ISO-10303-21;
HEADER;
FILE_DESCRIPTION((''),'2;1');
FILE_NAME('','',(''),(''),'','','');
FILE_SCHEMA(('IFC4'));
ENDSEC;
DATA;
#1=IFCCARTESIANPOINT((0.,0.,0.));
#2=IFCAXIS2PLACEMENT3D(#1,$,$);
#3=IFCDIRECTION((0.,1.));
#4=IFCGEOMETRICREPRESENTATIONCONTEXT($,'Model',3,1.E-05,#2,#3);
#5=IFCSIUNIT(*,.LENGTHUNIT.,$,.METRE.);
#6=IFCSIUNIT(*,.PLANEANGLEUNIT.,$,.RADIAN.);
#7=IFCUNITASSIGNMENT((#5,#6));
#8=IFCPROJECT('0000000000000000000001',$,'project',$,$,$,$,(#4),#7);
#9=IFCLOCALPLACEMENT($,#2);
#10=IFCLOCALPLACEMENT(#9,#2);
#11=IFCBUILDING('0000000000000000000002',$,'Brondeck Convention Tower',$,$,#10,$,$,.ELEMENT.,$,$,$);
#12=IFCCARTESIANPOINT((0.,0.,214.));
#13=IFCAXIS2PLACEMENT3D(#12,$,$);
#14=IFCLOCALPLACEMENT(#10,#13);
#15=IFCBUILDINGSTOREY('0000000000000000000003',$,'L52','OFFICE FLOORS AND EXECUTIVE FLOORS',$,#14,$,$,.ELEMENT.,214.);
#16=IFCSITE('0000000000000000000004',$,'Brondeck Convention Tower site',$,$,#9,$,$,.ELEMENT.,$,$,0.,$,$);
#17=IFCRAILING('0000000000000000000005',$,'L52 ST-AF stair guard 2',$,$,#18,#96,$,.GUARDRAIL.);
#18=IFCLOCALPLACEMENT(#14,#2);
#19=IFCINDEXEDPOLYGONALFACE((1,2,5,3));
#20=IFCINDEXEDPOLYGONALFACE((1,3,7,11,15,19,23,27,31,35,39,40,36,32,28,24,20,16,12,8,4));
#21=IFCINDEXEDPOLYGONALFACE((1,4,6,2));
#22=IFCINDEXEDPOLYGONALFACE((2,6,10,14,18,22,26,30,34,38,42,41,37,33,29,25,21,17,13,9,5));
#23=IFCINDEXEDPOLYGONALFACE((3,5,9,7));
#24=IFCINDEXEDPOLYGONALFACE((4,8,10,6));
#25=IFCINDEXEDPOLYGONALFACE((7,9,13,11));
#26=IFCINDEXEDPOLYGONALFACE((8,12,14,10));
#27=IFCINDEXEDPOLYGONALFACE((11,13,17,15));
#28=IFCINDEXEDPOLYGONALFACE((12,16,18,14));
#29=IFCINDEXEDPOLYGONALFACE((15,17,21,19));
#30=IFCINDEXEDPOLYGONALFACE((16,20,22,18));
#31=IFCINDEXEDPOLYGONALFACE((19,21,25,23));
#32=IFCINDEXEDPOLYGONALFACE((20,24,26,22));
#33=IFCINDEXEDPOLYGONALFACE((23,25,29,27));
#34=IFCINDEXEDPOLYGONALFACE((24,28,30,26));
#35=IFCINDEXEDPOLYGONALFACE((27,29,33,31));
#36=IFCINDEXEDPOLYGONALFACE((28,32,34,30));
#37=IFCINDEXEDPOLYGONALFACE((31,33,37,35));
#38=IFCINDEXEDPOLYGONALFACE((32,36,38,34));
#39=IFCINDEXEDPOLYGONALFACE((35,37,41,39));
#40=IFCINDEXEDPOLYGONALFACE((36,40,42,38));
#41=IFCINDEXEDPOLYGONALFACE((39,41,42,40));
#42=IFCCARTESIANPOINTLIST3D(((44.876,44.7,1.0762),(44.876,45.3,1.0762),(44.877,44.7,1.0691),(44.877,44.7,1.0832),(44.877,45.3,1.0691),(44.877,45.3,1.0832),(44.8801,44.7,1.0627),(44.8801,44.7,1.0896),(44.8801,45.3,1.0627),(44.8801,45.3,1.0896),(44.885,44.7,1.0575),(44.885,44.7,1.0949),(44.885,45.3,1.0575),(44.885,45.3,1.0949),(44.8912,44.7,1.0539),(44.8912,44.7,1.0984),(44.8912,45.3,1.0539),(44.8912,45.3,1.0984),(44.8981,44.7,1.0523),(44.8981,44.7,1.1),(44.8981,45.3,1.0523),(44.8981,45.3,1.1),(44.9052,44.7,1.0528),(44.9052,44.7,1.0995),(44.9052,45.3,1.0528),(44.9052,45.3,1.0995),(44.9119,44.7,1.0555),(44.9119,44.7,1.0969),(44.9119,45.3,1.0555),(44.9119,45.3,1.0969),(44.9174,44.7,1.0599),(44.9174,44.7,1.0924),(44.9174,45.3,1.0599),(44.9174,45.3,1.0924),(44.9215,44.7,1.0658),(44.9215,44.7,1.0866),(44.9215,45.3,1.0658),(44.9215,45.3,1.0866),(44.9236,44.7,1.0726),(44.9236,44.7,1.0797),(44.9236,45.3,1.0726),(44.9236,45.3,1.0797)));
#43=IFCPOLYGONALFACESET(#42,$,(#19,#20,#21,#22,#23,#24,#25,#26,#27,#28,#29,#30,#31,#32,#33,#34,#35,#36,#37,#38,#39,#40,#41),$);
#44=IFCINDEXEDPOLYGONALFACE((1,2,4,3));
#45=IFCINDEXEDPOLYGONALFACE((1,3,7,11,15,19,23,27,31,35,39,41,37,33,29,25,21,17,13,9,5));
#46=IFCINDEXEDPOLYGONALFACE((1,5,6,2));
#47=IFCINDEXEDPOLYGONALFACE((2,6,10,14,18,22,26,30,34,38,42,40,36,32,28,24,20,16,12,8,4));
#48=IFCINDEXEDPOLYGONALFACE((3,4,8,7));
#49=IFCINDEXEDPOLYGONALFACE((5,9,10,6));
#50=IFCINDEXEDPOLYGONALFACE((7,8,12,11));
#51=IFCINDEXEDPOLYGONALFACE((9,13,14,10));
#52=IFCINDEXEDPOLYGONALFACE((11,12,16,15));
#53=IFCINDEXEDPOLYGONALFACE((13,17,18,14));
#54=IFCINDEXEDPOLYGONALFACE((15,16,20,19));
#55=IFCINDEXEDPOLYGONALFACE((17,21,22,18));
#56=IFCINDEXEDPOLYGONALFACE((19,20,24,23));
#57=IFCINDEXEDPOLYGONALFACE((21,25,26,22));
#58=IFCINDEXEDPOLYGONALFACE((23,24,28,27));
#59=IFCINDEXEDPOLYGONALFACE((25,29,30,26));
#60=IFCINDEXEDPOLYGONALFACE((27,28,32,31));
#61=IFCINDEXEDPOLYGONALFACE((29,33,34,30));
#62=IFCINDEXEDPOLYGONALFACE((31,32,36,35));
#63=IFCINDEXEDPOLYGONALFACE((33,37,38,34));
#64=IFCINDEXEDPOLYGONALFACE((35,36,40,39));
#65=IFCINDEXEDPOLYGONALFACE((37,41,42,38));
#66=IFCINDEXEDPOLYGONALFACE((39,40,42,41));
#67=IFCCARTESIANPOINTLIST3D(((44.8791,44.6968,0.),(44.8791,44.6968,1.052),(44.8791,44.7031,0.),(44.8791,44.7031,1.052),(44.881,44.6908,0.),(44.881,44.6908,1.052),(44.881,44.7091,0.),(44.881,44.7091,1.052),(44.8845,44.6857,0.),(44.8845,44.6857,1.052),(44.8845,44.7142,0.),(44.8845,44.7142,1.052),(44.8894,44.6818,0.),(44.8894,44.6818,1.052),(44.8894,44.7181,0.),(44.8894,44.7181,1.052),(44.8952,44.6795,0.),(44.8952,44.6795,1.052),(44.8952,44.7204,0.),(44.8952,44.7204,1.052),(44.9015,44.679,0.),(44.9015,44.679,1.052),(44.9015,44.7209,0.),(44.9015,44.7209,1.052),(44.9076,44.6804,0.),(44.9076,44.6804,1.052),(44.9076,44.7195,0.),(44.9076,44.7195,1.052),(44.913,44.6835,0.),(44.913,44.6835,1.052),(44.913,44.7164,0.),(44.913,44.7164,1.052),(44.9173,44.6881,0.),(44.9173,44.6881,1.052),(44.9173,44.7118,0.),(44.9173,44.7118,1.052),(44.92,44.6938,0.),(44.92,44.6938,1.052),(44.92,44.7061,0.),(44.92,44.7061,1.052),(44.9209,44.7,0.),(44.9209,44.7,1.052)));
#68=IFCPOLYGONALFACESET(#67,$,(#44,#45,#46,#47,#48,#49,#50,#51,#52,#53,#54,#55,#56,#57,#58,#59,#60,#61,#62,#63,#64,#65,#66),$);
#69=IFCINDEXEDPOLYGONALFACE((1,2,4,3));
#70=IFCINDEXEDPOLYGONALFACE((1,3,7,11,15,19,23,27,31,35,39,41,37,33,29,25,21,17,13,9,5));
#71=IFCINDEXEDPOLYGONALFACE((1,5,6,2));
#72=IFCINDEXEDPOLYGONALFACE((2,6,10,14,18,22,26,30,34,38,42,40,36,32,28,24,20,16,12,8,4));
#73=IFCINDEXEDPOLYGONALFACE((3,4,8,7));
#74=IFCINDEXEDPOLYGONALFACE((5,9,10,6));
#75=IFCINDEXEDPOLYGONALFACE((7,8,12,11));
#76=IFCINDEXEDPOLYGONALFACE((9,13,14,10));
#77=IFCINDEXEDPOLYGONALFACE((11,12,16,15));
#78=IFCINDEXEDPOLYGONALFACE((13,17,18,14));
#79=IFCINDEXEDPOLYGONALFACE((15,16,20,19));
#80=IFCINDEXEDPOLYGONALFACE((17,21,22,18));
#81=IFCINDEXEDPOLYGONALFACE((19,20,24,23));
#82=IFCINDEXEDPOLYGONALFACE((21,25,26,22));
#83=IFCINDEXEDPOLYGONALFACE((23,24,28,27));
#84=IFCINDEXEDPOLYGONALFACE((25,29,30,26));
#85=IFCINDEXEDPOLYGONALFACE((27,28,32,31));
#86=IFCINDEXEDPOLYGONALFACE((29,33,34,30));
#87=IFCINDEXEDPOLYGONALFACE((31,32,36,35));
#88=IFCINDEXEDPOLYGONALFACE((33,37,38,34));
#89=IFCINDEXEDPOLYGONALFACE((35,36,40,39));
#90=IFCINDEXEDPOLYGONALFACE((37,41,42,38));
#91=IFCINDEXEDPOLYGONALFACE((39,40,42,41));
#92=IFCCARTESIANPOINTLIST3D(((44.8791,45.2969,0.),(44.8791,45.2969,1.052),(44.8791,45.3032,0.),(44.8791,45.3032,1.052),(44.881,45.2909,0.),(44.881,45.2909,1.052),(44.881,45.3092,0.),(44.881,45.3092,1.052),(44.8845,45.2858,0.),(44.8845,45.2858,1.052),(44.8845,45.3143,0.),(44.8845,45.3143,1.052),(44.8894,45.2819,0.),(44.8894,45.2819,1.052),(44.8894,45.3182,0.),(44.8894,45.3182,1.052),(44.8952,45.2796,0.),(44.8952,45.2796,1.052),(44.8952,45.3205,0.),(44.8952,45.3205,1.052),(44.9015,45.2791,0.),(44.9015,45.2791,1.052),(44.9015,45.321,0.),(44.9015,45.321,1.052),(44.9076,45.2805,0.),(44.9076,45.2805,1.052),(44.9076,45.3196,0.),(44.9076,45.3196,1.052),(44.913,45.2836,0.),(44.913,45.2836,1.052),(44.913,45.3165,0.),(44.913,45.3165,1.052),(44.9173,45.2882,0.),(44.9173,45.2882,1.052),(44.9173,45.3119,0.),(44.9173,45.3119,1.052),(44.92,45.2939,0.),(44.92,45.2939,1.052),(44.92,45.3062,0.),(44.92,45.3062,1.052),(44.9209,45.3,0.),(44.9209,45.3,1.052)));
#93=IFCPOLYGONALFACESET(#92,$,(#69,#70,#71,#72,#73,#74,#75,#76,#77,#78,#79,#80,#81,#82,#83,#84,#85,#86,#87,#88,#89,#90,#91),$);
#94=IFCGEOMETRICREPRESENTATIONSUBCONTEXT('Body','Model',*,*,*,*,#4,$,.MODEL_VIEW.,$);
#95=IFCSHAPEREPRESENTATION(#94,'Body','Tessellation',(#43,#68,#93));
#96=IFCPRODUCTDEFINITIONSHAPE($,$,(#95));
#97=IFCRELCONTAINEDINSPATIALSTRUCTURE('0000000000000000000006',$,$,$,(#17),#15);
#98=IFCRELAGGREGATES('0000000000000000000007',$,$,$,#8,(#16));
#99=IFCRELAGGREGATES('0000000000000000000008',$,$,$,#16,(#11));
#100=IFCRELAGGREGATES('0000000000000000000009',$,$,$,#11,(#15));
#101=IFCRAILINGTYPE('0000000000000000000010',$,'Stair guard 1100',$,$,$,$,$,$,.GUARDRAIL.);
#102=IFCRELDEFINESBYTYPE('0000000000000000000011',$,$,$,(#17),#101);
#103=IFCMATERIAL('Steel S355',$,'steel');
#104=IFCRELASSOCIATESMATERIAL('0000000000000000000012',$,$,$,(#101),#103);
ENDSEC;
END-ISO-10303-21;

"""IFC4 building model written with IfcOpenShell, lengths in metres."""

from ifc_helpers import new_model, si_unit, direction, frame, origin, origin_2d, place, context, subcontext, project, spatial, circle, extrude, material, type_object, element, save


model = new_model("IFC4")

# Units and contexts
model_context = context("Model", 3, precision=1e-05, world=origin(), true_north=direction((0.0, 1.0)))
body_context = subcontext(model_context, "Body", "Model", "MODEL_VIEW")
ifc_project = project(units=[si_unit("LENGTHUNIT", "METRE"), si_unit("PLANEANGLEUNIT", "RADIAN")], contexts=[model_context])

# Site, building, storey
site_placement = place(None, origin())
site = spatial("IfcSite", under=ifc_project, at=site_placement, Name="Brondeck Convention Tower site", CompositionType="ELEMENT", RefElevation=0.0)
building_placement = place(site_placement, origin())
building = spatial("IfcBuilding", under=site, at=building_placement, Name="Brondeck Convention Tower", CompositionType="ELEMENT")
storey_placement = place(building_placement, frame((0.0, 0.0, 214.0)))
storey = spatial("IfcBuildingStorey", under=building, at=storey_placement, Name="L52", Description="OFFICE FLOORS AND EXECUTIVE FLOORS", CompositionType="ELEMENT", Elevation=214.0)

# Shared definitions
ifc_material_1 = material(Name="Steel S355", Category="steel")

# Railing
railing_type_1 = type_object("IfcRailingType", Name="Stair guard 1100", PredefinedType="GUARDRAIL", material=ifc_material_1)
railing_1_placement = place(storey_placement, frame((44.8999, 44.7, 0.0)))
element("IfcRailing", 1, at=railing_1_placement, inside=storey, type_object=railing_type_1, Name="L52 ST-AF stair guard 2", PredefinedType="GUARDRAIL", context=body_context, shape_type="SweptSolid", body=[
    extrude(circle(Radius=0.0239, at=origin_2d()), frame((0.0, 0.0, 1.0762), z_axis=(0.0, 1.0, 0.0), x_axis=(-1.0, 0.0, 0.0)), (0.0, 0.0, 1.0), 0.6001),
    extrude(circle(Radius=0.021, at=origin_2d()), origin(), (0.0, 0.0, 1.0), 1.052),
    extrude(circle(Radius=0.021, at=origin_2d()), frame((0.0, 0.6001, 0.0)), (0.0, 0.0, 1.0), 1.052),
])

save(model, "model.ifc")
